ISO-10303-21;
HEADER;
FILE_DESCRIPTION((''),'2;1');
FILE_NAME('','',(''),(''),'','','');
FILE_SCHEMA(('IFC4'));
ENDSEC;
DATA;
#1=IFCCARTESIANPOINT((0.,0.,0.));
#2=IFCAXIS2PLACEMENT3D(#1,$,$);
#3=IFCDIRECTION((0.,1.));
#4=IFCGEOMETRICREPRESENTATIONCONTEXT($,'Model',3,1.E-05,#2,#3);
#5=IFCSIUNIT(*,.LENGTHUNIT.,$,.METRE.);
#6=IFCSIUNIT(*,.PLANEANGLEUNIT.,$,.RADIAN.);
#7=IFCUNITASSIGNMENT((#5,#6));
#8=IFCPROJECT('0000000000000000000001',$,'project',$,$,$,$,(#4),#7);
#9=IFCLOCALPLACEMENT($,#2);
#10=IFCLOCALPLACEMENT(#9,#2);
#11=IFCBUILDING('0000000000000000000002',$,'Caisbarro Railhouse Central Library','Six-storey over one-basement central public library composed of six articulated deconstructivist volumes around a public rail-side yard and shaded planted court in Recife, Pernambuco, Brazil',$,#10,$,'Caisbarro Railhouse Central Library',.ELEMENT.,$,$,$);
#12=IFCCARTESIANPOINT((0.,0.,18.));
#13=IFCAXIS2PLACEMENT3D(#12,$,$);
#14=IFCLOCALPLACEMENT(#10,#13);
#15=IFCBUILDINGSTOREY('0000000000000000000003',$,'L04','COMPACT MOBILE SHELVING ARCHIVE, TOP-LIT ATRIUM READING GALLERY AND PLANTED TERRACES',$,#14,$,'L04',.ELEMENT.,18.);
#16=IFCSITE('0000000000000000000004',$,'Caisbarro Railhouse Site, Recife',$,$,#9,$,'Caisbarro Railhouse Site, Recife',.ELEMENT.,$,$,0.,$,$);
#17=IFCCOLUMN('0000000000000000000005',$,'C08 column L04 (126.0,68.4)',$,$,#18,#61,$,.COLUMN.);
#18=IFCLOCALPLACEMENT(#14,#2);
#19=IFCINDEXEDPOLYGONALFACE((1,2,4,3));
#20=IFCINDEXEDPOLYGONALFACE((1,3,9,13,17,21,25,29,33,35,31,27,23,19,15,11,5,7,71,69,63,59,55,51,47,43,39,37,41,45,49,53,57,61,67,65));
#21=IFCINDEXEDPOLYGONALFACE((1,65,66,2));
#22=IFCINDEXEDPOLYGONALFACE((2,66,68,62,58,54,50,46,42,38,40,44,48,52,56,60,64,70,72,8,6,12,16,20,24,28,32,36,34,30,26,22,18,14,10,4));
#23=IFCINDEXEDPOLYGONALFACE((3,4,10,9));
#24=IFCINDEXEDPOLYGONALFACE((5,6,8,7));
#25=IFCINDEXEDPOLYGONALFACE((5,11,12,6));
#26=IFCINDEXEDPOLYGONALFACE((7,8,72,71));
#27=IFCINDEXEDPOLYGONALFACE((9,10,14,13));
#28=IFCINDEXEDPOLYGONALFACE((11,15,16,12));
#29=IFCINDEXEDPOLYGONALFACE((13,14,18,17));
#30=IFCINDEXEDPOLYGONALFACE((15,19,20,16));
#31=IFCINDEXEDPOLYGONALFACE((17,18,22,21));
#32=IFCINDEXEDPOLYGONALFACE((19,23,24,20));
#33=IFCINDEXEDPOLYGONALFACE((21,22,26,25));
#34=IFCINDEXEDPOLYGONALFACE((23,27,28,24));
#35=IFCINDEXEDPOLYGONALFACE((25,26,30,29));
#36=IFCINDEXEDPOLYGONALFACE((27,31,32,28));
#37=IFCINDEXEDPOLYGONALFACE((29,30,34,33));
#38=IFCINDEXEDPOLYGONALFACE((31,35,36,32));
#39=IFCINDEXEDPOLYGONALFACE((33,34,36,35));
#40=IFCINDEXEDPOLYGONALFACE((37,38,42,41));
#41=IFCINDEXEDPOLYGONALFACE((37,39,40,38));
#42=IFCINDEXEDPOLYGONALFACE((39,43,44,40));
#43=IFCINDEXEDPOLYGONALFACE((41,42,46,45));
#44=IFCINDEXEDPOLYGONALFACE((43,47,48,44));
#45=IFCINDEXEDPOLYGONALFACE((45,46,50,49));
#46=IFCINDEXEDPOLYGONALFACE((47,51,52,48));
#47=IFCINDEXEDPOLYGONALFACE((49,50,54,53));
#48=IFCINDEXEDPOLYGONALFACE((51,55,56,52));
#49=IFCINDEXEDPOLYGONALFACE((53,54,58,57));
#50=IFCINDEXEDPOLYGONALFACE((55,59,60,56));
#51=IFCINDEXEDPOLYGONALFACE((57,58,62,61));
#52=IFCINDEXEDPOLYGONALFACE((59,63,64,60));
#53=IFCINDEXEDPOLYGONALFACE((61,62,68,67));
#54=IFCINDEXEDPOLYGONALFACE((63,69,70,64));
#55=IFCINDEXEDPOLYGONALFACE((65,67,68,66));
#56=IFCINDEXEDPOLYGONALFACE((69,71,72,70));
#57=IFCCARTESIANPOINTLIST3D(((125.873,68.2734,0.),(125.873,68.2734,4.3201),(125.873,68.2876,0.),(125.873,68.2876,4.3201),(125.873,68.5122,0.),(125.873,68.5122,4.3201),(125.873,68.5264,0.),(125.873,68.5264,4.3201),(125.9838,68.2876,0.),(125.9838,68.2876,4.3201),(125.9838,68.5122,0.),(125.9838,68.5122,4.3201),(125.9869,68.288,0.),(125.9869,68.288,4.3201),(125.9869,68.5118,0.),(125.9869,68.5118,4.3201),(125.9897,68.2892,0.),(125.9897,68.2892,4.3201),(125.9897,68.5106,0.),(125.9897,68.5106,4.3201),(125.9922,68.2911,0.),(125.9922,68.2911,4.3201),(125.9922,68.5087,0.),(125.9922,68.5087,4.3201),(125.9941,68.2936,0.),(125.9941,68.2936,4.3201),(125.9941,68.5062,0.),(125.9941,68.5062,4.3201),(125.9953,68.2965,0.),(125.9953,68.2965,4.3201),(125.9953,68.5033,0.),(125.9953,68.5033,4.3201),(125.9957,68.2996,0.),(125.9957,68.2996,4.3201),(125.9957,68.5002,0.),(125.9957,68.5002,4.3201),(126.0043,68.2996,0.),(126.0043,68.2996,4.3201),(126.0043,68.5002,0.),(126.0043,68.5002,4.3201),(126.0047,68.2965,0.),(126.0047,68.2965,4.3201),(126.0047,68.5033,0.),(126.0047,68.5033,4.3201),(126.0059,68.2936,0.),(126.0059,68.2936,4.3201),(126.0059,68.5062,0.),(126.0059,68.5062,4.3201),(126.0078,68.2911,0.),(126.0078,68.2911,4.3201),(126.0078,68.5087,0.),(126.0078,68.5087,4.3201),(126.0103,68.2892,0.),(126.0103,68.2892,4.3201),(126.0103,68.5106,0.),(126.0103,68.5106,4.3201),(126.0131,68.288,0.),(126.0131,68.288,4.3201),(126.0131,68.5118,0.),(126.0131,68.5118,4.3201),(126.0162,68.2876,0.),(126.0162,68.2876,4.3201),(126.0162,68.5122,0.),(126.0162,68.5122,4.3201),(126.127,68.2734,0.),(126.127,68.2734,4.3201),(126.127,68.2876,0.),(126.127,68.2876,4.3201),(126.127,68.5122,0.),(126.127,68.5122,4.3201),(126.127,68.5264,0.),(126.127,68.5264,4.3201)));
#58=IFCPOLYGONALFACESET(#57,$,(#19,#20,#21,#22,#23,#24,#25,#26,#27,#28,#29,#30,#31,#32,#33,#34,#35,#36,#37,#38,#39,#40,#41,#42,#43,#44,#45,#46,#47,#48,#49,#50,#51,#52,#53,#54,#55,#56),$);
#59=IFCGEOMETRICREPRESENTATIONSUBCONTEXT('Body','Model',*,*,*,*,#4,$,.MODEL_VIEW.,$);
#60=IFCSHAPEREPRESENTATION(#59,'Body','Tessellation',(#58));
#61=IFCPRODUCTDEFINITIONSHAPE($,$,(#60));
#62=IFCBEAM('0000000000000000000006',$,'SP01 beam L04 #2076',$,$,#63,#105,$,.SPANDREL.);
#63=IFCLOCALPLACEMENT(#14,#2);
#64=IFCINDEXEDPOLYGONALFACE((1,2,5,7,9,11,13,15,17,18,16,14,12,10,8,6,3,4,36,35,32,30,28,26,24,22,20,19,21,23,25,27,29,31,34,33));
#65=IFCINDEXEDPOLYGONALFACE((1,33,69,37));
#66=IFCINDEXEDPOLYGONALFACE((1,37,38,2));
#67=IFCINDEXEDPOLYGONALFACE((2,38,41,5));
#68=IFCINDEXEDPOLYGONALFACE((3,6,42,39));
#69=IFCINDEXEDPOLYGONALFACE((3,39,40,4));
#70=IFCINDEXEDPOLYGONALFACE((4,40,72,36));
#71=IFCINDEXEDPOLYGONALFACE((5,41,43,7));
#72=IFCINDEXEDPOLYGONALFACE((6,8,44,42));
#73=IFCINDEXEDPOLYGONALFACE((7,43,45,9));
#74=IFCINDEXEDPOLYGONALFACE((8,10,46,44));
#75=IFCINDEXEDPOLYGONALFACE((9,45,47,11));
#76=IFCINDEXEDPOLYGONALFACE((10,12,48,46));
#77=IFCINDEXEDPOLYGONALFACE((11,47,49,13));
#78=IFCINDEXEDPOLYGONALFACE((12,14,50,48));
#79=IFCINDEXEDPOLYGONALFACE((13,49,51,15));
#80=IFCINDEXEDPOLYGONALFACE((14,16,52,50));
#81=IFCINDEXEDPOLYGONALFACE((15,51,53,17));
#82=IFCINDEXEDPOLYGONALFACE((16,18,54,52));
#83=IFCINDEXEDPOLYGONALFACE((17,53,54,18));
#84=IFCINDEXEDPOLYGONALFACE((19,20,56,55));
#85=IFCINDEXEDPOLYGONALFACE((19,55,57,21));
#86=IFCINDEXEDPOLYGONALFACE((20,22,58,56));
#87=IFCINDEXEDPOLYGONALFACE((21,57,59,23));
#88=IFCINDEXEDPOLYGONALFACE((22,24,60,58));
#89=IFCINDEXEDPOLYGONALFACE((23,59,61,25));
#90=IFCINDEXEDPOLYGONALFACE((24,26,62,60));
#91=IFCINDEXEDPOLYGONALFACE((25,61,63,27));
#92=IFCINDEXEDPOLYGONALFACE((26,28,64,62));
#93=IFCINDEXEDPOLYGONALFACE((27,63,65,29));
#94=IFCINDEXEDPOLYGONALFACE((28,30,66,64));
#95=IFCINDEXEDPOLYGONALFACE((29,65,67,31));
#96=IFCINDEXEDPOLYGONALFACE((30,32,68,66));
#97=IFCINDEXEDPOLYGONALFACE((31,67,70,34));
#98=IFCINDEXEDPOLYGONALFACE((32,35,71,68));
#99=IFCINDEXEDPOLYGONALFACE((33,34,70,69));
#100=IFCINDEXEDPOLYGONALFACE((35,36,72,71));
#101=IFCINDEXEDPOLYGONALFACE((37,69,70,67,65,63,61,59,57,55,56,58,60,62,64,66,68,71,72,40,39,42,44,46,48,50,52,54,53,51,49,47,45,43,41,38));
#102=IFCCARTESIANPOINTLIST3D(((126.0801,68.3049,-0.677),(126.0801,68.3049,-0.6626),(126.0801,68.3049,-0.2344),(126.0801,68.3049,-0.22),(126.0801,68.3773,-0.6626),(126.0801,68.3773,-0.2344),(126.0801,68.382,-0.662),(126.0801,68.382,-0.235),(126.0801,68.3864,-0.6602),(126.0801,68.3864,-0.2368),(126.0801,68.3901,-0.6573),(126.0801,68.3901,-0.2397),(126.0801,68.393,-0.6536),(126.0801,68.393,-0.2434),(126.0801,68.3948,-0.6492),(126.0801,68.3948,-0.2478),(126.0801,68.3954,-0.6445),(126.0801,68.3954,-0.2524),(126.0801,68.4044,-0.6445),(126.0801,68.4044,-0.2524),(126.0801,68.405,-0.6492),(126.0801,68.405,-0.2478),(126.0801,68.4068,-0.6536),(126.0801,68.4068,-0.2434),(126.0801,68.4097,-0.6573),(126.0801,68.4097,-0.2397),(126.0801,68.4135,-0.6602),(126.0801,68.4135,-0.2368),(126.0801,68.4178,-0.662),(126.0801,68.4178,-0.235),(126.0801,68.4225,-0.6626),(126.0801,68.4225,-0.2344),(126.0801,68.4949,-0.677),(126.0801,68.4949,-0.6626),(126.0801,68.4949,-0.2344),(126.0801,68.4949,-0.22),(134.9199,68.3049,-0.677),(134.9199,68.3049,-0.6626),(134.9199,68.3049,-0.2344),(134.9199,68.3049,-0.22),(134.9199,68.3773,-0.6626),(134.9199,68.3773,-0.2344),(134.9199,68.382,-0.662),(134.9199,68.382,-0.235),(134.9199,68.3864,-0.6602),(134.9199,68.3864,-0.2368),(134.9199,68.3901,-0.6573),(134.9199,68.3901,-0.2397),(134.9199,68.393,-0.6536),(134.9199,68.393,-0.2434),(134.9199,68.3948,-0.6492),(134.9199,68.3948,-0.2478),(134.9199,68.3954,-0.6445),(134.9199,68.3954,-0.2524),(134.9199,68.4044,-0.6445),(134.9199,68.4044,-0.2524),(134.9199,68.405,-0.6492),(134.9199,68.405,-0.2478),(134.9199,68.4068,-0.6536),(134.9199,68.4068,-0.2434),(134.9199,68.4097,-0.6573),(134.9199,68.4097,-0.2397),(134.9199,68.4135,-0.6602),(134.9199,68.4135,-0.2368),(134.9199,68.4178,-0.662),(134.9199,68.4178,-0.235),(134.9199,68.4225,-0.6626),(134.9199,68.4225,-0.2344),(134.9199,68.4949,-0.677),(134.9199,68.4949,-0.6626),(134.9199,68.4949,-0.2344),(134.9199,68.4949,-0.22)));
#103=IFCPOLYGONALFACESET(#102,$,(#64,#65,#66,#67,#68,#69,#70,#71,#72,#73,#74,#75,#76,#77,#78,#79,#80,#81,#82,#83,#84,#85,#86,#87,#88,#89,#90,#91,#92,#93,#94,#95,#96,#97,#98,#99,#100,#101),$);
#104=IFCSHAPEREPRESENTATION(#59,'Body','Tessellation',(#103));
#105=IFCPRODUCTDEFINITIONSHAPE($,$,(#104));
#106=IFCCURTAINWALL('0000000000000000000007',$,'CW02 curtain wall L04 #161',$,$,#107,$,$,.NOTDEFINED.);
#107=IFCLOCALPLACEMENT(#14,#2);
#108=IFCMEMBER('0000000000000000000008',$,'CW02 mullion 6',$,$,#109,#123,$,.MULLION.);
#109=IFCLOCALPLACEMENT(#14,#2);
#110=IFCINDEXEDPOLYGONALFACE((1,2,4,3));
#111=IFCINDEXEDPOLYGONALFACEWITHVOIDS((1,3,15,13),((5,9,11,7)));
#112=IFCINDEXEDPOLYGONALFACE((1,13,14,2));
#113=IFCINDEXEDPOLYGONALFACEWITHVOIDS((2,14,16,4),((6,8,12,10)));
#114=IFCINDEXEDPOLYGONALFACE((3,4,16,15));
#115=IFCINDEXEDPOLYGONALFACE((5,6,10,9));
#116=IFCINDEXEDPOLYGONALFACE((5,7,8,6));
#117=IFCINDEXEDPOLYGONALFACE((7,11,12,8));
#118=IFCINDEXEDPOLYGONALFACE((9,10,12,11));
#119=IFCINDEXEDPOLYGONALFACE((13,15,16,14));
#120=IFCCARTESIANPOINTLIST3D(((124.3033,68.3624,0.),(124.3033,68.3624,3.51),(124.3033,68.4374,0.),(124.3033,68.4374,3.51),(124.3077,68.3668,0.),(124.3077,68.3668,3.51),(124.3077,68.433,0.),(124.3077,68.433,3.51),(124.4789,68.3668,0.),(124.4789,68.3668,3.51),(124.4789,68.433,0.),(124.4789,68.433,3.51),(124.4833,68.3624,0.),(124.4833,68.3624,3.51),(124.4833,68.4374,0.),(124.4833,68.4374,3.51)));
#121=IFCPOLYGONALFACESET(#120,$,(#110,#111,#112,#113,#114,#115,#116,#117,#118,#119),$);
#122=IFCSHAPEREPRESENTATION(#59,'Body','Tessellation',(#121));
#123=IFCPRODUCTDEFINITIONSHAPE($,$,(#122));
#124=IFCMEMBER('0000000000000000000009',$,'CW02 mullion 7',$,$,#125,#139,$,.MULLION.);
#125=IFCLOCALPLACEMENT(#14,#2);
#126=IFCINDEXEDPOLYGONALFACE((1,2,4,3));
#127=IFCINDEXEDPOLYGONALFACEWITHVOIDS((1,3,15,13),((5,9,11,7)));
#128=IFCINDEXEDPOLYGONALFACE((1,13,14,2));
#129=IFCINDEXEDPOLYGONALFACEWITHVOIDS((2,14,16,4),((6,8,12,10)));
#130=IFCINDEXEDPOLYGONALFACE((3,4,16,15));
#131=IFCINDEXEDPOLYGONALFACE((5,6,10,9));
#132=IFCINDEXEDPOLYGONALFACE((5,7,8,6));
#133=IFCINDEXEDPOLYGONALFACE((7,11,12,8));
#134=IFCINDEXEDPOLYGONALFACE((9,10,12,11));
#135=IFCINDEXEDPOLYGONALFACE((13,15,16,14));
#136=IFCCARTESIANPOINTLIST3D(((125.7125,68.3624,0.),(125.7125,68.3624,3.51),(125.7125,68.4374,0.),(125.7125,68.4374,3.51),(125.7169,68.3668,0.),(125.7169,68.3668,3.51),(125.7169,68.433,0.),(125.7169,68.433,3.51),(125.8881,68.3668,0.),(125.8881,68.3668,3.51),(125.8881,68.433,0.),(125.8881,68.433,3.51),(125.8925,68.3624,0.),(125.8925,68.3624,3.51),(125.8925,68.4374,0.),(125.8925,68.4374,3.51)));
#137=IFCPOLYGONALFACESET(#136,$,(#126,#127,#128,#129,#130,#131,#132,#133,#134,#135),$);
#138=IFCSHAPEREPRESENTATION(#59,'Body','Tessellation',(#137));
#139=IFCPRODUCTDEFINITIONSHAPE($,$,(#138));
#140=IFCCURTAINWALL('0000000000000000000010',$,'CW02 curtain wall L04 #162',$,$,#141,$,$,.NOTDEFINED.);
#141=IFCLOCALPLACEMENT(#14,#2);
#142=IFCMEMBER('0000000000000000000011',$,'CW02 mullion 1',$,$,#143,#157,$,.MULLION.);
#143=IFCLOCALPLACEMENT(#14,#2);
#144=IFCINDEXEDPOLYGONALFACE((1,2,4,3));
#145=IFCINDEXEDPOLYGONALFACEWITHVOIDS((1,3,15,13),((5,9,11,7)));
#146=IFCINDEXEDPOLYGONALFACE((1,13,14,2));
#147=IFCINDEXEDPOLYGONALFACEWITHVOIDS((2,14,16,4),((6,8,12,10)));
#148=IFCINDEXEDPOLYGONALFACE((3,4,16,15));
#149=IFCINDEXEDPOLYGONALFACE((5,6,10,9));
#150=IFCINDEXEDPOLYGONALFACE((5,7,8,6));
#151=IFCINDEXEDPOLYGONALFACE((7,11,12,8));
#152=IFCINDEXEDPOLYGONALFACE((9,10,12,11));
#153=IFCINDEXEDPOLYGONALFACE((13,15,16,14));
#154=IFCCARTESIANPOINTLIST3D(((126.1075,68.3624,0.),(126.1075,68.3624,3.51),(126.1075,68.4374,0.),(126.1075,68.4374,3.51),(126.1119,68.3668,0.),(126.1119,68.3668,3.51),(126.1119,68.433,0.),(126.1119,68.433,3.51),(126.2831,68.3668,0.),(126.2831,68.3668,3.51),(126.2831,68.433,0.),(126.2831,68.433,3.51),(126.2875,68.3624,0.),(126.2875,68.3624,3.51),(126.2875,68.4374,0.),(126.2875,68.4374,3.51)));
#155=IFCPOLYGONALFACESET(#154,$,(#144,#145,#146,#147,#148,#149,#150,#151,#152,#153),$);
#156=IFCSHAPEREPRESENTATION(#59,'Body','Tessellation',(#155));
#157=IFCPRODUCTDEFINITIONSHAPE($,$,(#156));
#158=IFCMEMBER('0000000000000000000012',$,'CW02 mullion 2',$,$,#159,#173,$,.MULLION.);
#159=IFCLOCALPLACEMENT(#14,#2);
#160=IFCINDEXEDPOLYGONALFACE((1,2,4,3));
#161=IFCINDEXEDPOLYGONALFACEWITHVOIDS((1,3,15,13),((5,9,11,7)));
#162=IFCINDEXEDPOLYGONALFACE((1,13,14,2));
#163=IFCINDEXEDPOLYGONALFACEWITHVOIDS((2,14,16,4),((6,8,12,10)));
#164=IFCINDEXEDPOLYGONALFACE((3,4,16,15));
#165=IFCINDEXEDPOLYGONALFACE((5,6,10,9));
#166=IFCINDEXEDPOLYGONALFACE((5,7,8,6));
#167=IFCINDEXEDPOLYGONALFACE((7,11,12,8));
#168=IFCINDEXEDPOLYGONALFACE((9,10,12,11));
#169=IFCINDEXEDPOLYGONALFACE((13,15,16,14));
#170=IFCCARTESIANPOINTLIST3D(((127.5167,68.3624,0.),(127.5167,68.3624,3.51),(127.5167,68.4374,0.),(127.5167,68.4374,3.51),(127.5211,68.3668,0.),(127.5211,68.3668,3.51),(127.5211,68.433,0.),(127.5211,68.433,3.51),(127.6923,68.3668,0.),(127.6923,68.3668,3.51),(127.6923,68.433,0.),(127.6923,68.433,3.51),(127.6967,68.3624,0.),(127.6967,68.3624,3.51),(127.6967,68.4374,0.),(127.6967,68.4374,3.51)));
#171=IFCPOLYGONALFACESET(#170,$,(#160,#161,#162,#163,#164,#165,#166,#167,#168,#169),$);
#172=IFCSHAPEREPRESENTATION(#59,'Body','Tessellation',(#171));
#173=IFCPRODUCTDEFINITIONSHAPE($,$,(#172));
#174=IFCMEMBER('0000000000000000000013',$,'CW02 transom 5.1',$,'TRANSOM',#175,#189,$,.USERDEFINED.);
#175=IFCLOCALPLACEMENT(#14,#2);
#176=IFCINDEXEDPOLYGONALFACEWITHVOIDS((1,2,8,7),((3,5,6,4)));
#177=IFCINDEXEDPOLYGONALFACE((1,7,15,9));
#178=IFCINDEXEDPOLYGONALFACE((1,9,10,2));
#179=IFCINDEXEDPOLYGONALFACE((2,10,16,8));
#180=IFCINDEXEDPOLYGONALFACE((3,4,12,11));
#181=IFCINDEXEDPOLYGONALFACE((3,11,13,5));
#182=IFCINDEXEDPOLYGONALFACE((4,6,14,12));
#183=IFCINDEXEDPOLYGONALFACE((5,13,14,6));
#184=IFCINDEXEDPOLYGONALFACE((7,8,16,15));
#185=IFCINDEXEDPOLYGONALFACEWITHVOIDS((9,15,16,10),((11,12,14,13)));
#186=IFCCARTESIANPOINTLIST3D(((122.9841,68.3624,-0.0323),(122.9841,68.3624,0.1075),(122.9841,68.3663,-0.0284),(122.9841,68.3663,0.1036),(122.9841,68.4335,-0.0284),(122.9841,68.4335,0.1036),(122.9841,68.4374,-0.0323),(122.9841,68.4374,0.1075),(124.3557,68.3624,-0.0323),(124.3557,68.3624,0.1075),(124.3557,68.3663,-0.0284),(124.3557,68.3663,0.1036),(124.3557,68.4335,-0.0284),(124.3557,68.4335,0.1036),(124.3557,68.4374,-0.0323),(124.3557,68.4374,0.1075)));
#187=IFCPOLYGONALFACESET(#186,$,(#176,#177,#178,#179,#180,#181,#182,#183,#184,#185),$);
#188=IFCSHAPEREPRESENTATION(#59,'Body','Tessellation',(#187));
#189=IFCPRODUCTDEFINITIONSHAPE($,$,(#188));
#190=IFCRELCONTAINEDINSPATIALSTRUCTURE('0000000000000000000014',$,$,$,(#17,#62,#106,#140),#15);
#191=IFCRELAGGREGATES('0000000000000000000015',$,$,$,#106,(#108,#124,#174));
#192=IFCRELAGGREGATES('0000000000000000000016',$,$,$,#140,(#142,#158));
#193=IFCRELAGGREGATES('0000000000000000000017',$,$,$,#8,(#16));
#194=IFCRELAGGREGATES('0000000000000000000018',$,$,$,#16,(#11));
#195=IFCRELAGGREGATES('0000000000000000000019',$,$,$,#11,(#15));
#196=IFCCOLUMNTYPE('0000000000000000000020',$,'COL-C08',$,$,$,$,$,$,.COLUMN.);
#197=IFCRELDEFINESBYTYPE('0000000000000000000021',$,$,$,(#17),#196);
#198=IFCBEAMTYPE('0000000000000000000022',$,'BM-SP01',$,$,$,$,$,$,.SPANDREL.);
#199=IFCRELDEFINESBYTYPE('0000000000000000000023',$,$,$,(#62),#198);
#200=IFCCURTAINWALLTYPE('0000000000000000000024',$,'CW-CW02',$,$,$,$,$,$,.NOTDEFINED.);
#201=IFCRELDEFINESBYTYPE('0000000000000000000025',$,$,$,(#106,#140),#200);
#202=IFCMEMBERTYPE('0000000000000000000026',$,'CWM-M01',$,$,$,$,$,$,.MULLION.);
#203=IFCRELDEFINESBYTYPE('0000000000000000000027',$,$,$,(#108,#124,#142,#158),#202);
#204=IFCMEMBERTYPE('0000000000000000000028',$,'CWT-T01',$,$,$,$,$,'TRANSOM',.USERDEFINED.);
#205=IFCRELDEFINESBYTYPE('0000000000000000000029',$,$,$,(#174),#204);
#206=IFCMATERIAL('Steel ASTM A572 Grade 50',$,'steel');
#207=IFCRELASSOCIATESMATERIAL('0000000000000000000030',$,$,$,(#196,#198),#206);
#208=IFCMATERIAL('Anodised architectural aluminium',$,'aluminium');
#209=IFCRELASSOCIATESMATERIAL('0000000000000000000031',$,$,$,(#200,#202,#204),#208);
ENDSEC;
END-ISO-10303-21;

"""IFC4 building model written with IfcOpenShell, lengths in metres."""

from ifc_helpers import new_model, si_unit, direction, frame, origin, origin_2d, place, context, subcontext, project, spatial, hollow_rectangle, i_section, extrude, material, material_profile, profile_set, type_object, element, aggregate, save


model = new_model("IFC4")

# Units and contexts
model_context = context("Model", 3, precision=1e-05, world=origin(), true_north=direction((0.0, 1.0)))
body_context = subcontext(model_context, "Body", "Model", "MODEL_VIEW")
ifc_project = project(units=[si_unit("LENGTHUNIT", "METRE"), si_unit("PLANEANGLEUNIT", "RADIAN")], contexts=[model_context])

# Site, building, storey
site_placement = place(None, origin())
site = spatial("IfcSite", under=ifc_project, at=site_placement, Name="Caisbarro Railhouse Site, Recife", LongName="Caisbarro Railhouse Site, Recife", CompositionType="ELEMENT", RefElevation=0.0)
building_placement = place(site_placement, origin())
building = spatial("IfcBuilding", under=site, at=building_placement, Name="Caisbarro Railhouse Central Library", Description="Six-storey over one-basement central public library composed of six articulated deconstructivist volumes around a public rail-side yard and shaded planted court in Recife, Pernambuco, Brazil", LongName="Caisbarro Railhouse Central Library", CompositionType="ELEMENT")
storey_placement = place(building_placement, frame((0.0, 0.0, 18.0)))
storey = spatial("IfcBuildingStorey", under=building, at=storey_placement, Name="L04", Description="COMPACT MOBILE SHELVING ARCHIVE, TOP-LIT ATRIUM READING GALLERY AND PLANTED TERRACES", LongName="L04", CompositionType="ELEMENT", Elevation=18.0)

# Column
ifc_material_1 = material(Name="Steel ASTM A572 Grade 50", Category="steel")
ifc_material_profile_1 = material_profile(ifc_material_1, i_section(OverallWidth=0.2539, OverallDepth=0.2529, WebThickness=0.0085, FlangeThickness=0.0142, FilletRadius=0.012, at=origin_2d()), Name="W250X73.0")
ifc_profile_set_1 = profile_set([ifc_material_profile_1], Name="Steel ASTM A572 Grade 50")
column_type = type_object("IfcColumnType", Name="COL-C08", PredefinedType="COLUMN", material=ifc_profile_set_1)
column_placement = place(storey_placement, frame((126.0, 68.3999, 0.0), z_axis=(0.0, 0.0, 1.0), x_axis=(1.0, 0.0, 0.0)))
element("IfcColumn", 1, at=column_placement, inside=storey, type_object=column_type, Name="C08 column L04 (126.0,68.4)", PredefinedType="COLUMN", context=body_context, shape_type="SweptSolid", body=[
    extrude(i_section(OverallWidth=0.2539, OverallDepth=0.2529, WebThickness=0.0085, FlangeThickness=0.0142, FilletRadius=0.012, at=origin_2d()), origin(), (0.0, 0.0, 1.0), 4.3201),
])

# Beam
ifc_material_profile_2 = material_profile(ifc_material_1, i_section(OverallWidth=0.1899, OverallDepth=0.457, WebThickness=0.009, FlangeThickness=0.0144, FilletRadius=0.0181, at=origin_2d()), Name="W460X74.0")
ifc_profile_set_2 = profile_set([ifc_material_profile_2], Name="Steel ASTM A572 Grade 50")
beam_type = type_object("IfcBeamType", Name="BM-SP01", PredefinedType="SPANDREL", material=ifc_profile_set_2)
beam_placement = place(storey_placement, frame((126.0801, 68.3999, -0.4485), z_axis=(1.0, 0.0, 0.0), x_axis=(0.0, 1.0, 0.0)))
element("IfcBeam", 2, at=beam_placement, inside=storey, type_object=beam_type, Name="SP01 beam L04 #2076", PredefinedType="SPANDREL", context=body_context, shape_type="SweptSolid", body=[
    extrude(i_section(OverallWidth=0.1899, OverallDepth=0.457, WebThickness=0.009, FlangeThickness=0.0144, FilletRadius=0.0181, at=origin_2d()), origin(), (0.0, 0.0, 1.0), 8.8398),
])

# Curtain walls, members
ifc_material_2 = material(Name="Anodised architectural aluminium", Category="aluminium")
curtain_wall_type = type_object("IfcCurtainWallType", Name="CW-CW02", PredefinedType="NOTDEFINED", material=ifc_material_2)
curtain_wall_1_placement = place(storey_placement, origin())
curtain_wall_1 = element("IfcCurtainWall", 3, at=curtain_wall_1_placement, inside=storey, type_object=curtain_wall_type, Name="CW02 curtain wall L04 #161", PredefinedType="NOTDEFINED")
ifc_material_profile_3 = material_profile(ifc_material_2, hollow_rectangle(XDim=0.075, YDim=0.1799, WallThickness=0.0044, at=origin_2d()), Name="ALU-MUL-75X180")
ifc_profile_set_3 = profile_set([ifc_material_profile_3], Name="Anodised architectural aluminium")
member_type_1 = type_object("IfcMemberType", Name="CWM-M01", PredefinedType="MULLION", material=ifc_profile_set_3)
member_1_placement = place(storey_placement, frame((124.3933, 68.3999, 0.0), z_axis=(0.0, 0.0, 1.0), x_axis=(0.0, 1.0, 0.0)))
member_1 = element("IfcMember", 4, at=member_1_placement, type_object=member_type_1, Name="CW02 mullion 6", PredefinedType="MULLION", context=body_context, shape_type="SweptSolid", body=[
    extrude(hollow_rectangle(XDim=0.075, YDim=0.1799, WallThickness=0.0044, at=origin_2d()), origin(), (0.0, 0.0, 1.0), 3.51),
])
member_2_placement = place(storey_placement, frame((125.8025, 68.3999, 0.0), z_axis=(0.0, 0.0, 1.0), x_axis=(0.0, 1.0, 0.0)))
member_2 = element("IfcMember", 5, at=member_2_placement, type_object=member_type_1, Name="CW02 mullion 7", PredefinedType="MULLION", context=body_context, shape_type="SweptSolid", body=[
    extrude(hollow_rectangle(XDim=0.075, YDim=0.1799, WallThickness=0.0044, at=origin_2d()), origin(), (0.0, 0.0, 1.0), 3.51),
])
curtain_wall_2_placement = place(storey_placement, origin())
curtain_wall_2 = element("IfcCurtainWall", 6, at=curtain_wall_2_placement, inside=storey, type_object=curtain_wall_type, Name="CW02 curtain wall L04 #162", PredefinedType="NOTDEFINED")
member_3_placement = place(storey_placement, frame((126.1975, 68.3999, 0.0), z_axis=(0.0, 0.0, 1.0), x_axis=(0.0, 1.0, 0.0)))
member_3 = element("IfcMember", 7, at=member_3_placement, type_object=member_type_1, Name="CW02 mullion 1", PredefinedType="MULLION", context=body_context, shape_type="SweptSolid", body=[
    extrude(hollow_rectangle(XDim=0.075, YDim=0.1799, WallThickness=0.0044, at=origin_2d()), origin(), (0.0, 0.0, 1.0), 3.51),
])
member_4_placement = place(storey_placement, frame((127.6067, 68.3999, 0.0), z_axis=(0.0, 0.0, 1.0), x_axis=(0.0, 1.0, 0.0)))
member_4 = element("IfcMember", 8, at=member_4_placement, type_object=member_type_1, Name="CW02 mullion 2", PredefinedType="MULLION", context=body_context, shape_type="SweptSolid", body=[
    extrude(hollow_rectangle(XDim=0.075, YDim=0.1799, WallThickness=0.0044, at=origin_2d()), origin(), (0.0, 0.0, 1.0), 3.51),
])

# Member
ifc_material_profile_4 = material_profile(ifc_material_2, hollow_rectangle(XDim=0.075, YDim=0.1399, WallThickness=0.0039, at=origin_2d()), Name="ALU-TRN-75X140")
ifc_profile_set_4 = profile_set([ifc_material_profile_4], Name="Anodised architectural aluminium")
member_type_2 = type_object("IfcMemberType", Name="CWT-T01", ElementType="TRANSOM", PredefinedType="USERDEFINED", material=ifc_profile_set_4)
member_5_placement = place(storey_placement, frame((122.9841, 68.3999, 0.0376), z_axis=(1.0, 0.0, 0.0), x_axis=(0.0, 1.0, 0.0)))
member_5 = element("IfcMember", 9, at=member_5_placement, type_object=member_type_2, Name="CW02 transom 5.1", ObjectType="TRANSOM", PredefinedType="USERDEFINED", context=body_context, shape_type="SweptSolid", body=[
    extrude(hollow_rectangle(XDim=0.075, YDim=0.1399, WallThickness=0.0039, at=origin_2d()), origin(), (0.0, 0.0, 1.0), 1.3716),
])

aggregate(curtain_wall_1, [member_1, member_2, member_5])
aggregate(curtain_wall_2, [member_3, member_4])

save(model, "model.ifc")
